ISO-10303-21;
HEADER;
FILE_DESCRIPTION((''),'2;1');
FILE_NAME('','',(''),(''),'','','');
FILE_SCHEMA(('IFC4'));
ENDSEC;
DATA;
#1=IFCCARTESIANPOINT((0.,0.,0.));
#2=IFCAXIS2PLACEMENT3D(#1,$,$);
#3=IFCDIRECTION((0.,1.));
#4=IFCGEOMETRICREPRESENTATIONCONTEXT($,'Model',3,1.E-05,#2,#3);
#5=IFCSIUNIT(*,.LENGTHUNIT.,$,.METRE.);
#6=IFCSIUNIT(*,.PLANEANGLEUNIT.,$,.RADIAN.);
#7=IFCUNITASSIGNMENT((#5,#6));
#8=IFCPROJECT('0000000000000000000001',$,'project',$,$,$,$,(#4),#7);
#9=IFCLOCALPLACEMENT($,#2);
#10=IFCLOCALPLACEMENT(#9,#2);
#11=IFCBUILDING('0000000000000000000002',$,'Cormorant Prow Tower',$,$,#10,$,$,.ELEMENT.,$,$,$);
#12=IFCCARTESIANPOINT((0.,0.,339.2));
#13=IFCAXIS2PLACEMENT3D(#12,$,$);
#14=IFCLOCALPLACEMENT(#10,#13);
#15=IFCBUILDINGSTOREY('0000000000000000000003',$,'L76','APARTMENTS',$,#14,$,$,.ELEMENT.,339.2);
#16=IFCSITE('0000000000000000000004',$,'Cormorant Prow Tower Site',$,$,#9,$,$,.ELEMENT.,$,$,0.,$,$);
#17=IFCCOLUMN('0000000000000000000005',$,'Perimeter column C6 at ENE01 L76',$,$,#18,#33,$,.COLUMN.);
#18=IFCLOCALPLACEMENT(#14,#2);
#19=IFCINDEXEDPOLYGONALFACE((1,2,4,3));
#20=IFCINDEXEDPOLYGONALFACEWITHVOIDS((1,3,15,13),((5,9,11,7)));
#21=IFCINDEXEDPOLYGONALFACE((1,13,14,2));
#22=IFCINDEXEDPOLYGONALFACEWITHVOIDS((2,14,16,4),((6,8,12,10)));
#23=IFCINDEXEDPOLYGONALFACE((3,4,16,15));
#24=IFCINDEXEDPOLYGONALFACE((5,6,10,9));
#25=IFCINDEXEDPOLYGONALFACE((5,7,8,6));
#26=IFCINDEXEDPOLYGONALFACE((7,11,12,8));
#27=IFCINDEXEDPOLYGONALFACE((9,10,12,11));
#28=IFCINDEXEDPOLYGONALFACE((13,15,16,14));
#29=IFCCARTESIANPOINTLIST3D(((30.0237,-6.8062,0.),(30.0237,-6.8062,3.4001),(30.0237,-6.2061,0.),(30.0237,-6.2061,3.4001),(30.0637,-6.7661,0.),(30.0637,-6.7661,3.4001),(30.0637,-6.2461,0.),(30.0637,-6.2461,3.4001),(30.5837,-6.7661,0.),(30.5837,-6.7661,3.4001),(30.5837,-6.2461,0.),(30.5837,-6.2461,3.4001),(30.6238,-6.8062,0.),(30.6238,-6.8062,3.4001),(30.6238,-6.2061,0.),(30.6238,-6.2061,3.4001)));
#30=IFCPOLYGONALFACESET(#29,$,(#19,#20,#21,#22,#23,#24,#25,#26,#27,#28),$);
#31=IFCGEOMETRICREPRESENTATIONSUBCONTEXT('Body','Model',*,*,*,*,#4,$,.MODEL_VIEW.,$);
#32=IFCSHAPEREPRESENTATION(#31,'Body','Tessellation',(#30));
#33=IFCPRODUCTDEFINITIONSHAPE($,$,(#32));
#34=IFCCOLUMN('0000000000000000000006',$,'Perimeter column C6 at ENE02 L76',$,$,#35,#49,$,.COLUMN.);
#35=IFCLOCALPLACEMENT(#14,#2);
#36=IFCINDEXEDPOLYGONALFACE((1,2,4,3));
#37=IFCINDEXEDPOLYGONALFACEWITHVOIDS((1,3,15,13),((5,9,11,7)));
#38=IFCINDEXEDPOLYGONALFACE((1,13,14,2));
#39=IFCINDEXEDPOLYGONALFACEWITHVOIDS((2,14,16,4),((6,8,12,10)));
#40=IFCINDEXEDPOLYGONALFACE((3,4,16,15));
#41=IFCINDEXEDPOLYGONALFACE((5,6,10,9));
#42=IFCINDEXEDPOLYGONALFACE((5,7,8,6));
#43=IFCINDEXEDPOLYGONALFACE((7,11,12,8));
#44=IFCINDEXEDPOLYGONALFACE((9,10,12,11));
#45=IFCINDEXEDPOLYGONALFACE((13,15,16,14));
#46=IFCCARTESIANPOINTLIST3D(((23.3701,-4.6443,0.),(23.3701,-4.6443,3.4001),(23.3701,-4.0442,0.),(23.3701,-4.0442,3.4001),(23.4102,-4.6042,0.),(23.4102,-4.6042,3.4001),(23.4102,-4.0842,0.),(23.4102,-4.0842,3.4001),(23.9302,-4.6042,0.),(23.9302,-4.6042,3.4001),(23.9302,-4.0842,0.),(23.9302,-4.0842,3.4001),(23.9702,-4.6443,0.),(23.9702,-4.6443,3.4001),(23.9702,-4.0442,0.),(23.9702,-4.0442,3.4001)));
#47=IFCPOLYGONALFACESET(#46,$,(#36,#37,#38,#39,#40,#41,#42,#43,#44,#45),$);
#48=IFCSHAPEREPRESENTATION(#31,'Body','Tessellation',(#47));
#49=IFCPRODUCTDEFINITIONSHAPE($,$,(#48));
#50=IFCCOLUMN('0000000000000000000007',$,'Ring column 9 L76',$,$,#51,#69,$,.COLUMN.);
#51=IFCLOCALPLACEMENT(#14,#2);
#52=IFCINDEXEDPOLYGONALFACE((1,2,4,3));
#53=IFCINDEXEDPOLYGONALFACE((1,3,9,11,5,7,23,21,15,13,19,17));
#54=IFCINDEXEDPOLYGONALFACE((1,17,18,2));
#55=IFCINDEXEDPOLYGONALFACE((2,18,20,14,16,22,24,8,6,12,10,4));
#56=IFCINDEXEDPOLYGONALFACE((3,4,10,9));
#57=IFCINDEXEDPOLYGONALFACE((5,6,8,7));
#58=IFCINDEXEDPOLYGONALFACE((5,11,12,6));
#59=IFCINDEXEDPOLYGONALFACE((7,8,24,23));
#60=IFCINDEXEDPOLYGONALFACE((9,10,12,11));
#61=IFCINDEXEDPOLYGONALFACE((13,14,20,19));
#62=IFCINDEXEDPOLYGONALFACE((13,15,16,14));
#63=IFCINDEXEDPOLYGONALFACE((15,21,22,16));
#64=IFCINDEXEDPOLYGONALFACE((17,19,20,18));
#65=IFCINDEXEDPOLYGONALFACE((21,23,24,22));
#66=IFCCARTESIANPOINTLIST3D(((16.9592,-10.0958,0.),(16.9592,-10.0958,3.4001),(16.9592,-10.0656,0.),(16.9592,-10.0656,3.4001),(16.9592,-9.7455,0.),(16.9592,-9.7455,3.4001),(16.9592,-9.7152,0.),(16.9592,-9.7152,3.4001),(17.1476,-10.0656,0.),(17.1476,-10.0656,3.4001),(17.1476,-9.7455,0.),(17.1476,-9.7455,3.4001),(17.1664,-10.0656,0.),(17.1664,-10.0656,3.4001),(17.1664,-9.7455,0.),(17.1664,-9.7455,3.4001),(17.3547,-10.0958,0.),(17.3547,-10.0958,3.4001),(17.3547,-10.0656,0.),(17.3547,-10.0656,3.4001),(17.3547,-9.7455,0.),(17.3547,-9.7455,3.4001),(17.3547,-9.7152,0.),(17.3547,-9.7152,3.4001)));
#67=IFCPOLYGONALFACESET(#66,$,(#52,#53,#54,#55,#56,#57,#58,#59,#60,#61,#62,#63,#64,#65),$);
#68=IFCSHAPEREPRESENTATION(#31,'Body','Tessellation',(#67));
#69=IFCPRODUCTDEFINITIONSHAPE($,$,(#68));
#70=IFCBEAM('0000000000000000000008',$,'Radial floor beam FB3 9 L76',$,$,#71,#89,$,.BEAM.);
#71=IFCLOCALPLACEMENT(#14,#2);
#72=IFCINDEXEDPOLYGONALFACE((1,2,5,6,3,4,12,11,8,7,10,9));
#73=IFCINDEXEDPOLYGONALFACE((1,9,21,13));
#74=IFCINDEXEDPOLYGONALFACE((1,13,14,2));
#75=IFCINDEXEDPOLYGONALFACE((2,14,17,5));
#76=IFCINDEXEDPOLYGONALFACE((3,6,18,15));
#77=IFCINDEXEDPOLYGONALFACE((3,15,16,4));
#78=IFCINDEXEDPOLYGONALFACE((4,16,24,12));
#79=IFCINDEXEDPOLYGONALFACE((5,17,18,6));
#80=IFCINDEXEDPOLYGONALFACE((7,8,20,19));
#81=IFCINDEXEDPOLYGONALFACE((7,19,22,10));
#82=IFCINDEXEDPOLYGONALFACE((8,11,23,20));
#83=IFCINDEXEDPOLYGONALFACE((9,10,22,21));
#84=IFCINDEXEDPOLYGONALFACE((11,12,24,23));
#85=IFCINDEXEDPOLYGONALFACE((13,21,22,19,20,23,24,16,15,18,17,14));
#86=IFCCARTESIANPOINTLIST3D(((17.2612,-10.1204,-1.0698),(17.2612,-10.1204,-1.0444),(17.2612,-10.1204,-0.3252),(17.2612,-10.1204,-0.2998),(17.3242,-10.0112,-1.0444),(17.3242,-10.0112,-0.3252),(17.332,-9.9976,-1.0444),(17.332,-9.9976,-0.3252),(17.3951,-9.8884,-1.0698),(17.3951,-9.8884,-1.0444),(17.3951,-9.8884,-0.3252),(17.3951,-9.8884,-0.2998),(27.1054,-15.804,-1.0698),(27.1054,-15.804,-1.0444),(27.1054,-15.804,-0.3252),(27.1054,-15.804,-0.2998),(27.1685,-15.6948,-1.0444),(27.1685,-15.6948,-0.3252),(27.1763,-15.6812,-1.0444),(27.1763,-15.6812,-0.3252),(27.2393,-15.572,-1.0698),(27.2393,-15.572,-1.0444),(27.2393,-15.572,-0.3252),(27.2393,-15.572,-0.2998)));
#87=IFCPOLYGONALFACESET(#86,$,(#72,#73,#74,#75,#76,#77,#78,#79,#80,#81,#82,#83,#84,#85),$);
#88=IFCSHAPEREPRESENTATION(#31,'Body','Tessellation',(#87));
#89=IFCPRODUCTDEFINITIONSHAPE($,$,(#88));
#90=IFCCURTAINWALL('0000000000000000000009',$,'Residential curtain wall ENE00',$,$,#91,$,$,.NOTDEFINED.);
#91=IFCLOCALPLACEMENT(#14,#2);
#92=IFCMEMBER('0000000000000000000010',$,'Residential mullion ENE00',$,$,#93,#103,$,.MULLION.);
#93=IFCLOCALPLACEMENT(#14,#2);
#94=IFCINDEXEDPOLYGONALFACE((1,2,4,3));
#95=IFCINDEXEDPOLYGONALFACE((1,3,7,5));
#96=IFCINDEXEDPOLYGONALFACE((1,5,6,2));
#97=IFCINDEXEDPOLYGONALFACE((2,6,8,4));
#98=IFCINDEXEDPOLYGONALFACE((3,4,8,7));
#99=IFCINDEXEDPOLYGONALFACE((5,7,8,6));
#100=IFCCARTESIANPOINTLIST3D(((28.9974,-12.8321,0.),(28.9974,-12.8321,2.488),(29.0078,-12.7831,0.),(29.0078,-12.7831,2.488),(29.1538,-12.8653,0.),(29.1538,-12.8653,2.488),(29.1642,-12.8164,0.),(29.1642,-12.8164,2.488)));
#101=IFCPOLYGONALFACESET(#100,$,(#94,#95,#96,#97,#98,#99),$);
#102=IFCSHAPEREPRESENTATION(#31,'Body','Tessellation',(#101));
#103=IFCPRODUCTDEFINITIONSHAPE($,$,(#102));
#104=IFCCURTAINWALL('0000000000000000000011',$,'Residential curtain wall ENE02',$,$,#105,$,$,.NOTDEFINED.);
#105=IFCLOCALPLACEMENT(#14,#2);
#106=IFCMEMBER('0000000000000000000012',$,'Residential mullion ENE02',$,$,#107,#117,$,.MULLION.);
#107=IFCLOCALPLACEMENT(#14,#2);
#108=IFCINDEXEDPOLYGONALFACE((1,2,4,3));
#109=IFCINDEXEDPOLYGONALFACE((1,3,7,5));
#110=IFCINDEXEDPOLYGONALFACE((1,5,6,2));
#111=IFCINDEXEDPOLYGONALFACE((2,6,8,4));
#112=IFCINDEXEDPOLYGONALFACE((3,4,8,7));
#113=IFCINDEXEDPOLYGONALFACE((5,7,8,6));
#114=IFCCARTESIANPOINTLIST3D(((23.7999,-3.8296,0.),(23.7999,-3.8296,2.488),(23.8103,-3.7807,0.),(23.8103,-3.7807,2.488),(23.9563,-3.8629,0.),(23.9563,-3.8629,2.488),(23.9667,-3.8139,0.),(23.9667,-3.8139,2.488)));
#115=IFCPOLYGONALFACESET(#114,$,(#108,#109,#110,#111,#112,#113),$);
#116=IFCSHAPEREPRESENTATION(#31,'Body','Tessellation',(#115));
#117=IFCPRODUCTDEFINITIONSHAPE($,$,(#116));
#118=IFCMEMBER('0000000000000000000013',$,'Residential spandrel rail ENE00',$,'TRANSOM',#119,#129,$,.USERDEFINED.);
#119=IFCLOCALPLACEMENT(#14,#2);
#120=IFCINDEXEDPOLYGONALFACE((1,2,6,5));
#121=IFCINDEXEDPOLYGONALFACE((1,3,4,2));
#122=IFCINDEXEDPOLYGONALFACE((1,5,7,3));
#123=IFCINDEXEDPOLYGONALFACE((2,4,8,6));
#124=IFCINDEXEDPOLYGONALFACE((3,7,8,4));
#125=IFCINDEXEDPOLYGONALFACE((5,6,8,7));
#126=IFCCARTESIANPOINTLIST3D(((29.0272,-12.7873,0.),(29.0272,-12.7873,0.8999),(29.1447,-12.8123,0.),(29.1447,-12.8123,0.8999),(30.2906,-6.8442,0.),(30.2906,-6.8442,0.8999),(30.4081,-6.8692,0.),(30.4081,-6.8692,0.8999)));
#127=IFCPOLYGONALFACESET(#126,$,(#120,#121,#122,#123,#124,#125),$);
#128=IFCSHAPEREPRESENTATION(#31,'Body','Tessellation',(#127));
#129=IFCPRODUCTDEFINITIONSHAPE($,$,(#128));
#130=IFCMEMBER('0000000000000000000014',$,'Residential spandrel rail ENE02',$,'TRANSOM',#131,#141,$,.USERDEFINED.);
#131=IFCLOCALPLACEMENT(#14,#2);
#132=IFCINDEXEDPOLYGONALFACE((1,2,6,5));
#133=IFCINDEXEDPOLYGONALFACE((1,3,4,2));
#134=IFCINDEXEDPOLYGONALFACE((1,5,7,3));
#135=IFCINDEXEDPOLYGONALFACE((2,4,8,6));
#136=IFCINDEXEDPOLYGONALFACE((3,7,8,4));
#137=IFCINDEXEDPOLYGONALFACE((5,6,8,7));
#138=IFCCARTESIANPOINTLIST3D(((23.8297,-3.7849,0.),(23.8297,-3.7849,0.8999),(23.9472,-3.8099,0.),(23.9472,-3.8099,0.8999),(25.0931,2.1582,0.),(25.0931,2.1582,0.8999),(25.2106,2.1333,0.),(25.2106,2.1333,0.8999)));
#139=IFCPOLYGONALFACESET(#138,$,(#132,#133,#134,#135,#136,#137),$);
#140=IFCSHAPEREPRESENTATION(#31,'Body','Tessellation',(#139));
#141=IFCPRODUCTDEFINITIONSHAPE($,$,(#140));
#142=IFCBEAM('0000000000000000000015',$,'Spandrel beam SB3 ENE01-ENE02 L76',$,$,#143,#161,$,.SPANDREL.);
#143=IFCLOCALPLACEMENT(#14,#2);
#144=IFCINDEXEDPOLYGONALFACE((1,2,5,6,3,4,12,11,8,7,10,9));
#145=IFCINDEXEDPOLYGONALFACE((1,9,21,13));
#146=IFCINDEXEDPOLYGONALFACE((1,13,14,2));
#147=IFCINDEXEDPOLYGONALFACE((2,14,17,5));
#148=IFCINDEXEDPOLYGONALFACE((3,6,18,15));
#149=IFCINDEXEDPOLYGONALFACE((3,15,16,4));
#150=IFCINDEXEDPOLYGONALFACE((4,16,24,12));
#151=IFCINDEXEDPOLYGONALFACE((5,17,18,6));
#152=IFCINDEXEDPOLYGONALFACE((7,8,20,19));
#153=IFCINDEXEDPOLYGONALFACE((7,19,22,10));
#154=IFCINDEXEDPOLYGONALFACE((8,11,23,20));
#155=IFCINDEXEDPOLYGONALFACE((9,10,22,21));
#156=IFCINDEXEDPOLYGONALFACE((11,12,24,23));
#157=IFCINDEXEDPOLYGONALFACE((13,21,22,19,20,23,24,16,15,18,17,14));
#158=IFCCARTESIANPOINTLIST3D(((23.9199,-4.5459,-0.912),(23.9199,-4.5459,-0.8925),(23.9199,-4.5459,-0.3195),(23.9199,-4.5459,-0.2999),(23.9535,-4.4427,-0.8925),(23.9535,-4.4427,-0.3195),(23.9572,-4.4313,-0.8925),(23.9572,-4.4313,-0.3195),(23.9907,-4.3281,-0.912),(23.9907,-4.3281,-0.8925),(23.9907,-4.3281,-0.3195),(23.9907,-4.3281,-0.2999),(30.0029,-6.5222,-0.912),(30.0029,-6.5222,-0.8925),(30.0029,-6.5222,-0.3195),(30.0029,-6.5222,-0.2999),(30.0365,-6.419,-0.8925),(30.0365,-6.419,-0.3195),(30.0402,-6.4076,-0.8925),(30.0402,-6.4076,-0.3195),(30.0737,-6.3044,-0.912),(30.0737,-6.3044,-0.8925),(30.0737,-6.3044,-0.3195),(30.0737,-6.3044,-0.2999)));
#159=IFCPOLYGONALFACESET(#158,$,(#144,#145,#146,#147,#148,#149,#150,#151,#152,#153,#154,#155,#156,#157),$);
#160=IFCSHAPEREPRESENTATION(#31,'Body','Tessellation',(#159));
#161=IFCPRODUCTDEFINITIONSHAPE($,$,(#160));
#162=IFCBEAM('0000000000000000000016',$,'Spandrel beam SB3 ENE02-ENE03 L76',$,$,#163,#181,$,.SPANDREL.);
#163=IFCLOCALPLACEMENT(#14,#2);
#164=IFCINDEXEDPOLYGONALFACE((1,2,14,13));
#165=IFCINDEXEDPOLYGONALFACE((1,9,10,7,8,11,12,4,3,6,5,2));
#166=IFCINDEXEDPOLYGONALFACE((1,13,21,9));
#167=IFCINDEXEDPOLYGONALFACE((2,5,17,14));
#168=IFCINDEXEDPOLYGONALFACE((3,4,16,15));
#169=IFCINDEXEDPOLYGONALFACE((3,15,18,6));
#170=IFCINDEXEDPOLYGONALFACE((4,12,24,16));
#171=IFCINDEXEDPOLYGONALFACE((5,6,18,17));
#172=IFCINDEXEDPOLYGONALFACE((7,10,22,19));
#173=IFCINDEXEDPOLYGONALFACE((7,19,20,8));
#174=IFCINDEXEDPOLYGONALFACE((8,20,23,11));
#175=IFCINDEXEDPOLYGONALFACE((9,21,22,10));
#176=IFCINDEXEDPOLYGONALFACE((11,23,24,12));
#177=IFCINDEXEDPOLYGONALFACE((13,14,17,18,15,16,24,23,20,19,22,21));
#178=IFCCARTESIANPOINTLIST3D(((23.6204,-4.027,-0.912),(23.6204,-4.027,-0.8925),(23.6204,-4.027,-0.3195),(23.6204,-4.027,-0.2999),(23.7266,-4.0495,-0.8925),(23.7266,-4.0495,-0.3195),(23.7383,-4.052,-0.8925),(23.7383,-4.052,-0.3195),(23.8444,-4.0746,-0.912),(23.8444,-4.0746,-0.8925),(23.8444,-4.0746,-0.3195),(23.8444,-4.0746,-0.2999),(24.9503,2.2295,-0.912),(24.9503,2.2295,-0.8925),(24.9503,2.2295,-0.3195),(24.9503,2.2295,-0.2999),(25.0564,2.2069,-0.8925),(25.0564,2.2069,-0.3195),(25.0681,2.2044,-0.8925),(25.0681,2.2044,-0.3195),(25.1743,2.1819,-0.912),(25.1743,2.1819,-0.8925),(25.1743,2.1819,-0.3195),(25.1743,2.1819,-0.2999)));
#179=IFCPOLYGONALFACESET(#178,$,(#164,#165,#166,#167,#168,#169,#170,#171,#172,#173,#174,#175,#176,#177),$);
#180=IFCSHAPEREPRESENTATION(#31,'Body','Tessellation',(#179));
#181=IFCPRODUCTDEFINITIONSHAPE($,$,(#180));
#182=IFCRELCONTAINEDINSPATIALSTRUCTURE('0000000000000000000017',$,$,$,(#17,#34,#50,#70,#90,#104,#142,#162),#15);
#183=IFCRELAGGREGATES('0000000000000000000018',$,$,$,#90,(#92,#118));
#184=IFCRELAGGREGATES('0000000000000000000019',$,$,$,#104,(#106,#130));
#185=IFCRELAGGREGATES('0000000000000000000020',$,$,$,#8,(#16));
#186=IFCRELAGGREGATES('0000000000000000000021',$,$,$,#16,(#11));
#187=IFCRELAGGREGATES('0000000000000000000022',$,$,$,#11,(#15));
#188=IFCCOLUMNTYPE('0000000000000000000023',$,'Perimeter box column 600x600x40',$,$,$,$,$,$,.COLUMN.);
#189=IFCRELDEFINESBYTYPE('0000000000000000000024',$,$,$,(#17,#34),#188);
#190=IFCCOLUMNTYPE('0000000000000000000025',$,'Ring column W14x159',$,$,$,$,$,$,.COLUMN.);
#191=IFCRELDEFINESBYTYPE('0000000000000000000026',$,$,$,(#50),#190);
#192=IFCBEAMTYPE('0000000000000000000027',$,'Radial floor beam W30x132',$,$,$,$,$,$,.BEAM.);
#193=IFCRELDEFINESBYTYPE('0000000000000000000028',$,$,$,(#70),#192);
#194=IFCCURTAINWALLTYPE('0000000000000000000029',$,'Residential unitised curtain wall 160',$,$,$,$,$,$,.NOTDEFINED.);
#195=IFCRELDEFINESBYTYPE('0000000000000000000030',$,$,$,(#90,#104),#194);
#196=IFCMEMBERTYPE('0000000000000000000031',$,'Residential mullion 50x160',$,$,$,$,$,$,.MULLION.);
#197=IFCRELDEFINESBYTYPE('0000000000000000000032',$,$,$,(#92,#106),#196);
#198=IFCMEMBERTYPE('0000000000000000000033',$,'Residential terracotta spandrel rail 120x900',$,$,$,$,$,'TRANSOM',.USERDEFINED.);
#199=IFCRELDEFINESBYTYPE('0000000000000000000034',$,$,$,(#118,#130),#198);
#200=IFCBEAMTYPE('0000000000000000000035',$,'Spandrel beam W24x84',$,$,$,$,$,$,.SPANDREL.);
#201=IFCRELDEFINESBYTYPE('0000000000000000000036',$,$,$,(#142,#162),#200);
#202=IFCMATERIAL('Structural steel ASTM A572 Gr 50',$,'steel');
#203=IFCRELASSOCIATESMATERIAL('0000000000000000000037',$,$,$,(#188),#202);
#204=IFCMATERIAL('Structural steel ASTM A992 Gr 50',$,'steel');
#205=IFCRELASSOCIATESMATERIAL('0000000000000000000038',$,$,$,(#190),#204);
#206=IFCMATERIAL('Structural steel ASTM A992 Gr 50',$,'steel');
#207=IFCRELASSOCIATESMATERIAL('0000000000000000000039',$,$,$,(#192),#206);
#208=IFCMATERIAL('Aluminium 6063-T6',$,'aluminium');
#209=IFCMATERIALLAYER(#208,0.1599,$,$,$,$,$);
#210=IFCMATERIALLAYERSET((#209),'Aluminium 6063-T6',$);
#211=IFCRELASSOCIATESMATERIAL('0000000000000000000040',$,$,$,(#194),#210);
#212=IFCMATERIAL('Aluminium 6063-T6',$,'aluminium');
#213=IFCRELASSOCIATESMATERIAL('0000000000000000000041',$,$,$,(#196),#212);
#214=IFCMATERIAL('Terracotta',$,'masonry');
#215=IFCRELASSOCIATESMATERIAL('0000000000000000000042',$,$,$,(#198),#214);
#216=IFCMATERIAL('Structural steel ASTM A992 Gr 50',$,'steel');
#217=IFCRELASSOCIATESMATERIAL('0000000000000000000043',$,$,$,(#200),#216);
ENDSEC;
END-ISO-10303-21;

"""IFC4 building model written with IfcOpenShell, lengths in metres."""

from ifc_helpers import new_model, si_unit, direction, frame, origin, origin_2d, place, context, subcontext, project, spatial, rectangle, hollow_rectangle, i_section, extrude, material, layer, layer_set, material_profile, profile_set, type_object, element, aggregate, save


model = new_model("IFC4")

# Units and contexts
model_context = context("Model", 3, precision=1e-05, world=origin(), true_north=direction((0.0, 1.0)))
body_context = subcontext(model_context, "Body", "Model", "MODEL_VIEW")
ifc_project = project(units=[si_unit("LENGTHUNIT", "METRE"), si_unit("PLANEANGLEUNIT", "RADIAN")], contexts=[model_context])

# Site, building, storey
site_placement = place(None, origin())
site = spatial("IfcSite", under=ifc_project, at=site_placement, Name="Cormorant Prow Tower Site", CompositionType="ELEMENT", RefElevation=0.0)
building_placement = place(site_placement, origin())
building = spatial("IfcBuilding", under=site, at=building_placement, Name="Cormorant Prow Tower", CompositionType="ELEMENT")
storey_placement = place(building_placement, frame((0.0, 0.0, 339.2)))
storey = spatial("IfcBuildingStorey", under=building, at=storey_placement, Name="L76", Description="APARTMENTS", CompositionType="ELEMENT", Elevation=339.2)

# Columns
ifc_material_1 = material(Name="Structural steel ASTM A572 Gr 50", Category="steel")
ifc_material_profile_1 = material_profile(ifc_material_1, hollow_rectangle(XDim=0.6001, YDim=0.6001, WallThickness=0.04, at=origin_2d()), Name="Box 600x600x40")
ifc_profile_set_1 = profile_set([ifc_material_profile_1], Name="Structural steel ASTM A572 Gr 50")
column_type_1 = type_object("IfcColumnType", Name="Perimeter box column 600x600x40", PredefinedType="COLUMN", material=ifc_profile_set_1)
for number, where, z_axis, x_axis, name in (
    (1, (30.3237, -6.5061, 0.0), (0.0, 0.0, 1.0), (1.0, 0.0, 0.0), "Perimeter column C6 at ENE01 L76"),
    (2, (23.6702, -4.3442, 0.0), (0.0, 0.0, 1.0), (1.0, 0.0, 0.0), "Perimeter column C6 at ENE02 L76"),
):
    element("IfcColumn", number, at=place(storey_placement, frame(where, z_axis=z_axis, x_axis=x_axis)), inside=storey, type_object=column_type_1, Name=name, PredefinedType="COLUMN", context=body_context, shape_type="SweptSolid", body=[
        extrude(hollow_rectangle(XDim=0.6001, YDim=0.6001, WallThickness=0.04, at=origin_2d()), origin(), (0.0, 0.0, 1.0), 3.4001),
    ])
ifc_material_2 = material(Name="Structural steel ASTM A992 Gr 50", Category="steel")
ifc_material_profile_2 = material_profile(ifc_material_2, i_section(OverallWidth=0.3955, OverallDepth=0.3806, WebThickness=0.0188, FlangeThickness=0.0303, at=origin_2d()), Name="W14x159")
ifc_profile_set_2 = profile_set([ifc_material_profile_2], Name="Structural steel ASTM A992 Gr 50")
column_type_2 = type_object("IfcColumnType", Name="Ring column W14x159", PredefinedType="COLUMN", material=ifc_profile_set_2)
column_placement = place(storey_placement, frame((17.157, -9.9055, 0.0), z_axis=(0.0, 0.0, 1.0), x_axis=(1.0, 0.0, 0.0)))
element("IfcColumn", 3, at=column_placement, inside=storey, type_object=column_type_2, Name="Ring column 9 L76", PredefinedType="COLUMN", context=body_context, shape_type="SweptSolid", body=[
    extrude(i_section(OverallWidth=0.3955, OverallDepth=0.3806, WebThickness=0.0188, FlangeThickness=0.0303, at=origin_2d()), origin(), (0.0, 0.0, 1.0), 3.4001),
])

# Beam
ifc_material_3 = material(Name="Structural steel ASTM A992 Gr 50", Category="steel")
ifc_material_profile_3 = material_profile(ifc_material_3, i_section(OverallWidth=0.2678, OverallDepth=0.77, WebThickness=0.0156, FlangeThickness=0.0254, at=origin_2d()), Name="W30x132")
ifc_profile_set_3 = profile_set([ifc_material_profile_3], Name="Structural steel ASTM A992 Gr 50")
beam_type_1 = type_object("IfcBeamType", Name="Radial floor beam W30x132", PredefinedType="BEAM", material=ifc_profile_set_3)
beam_1_placement = place(storey_placement, frame((17.3281, -10.0044, -0.6848), z_axis=(0.866025, -0.500001, 0.0), x_axis=(0.500001, 0.866025, 0.0)))
element("IfcBeam", 4, at=beam_1_placement, inside=storey, type_object=beam_type_1, Name="Radial floor beam FB3 9 L76", PredefinedType="BEAM", context=body_context, shape_type="SweptSolid", body=[
    extrude(i_section(OverallWidth=0.2678, OverallDepth=0.77, WebThickness=0.0156, FlangeThickness=0.0254, at=origin_2d()), origin(), (0.0, 0.0, 1.0), 11.3672),
])

# Curtain walls, members
ifc_material_4 = material(Name="Aluminium 6063-T6", Category="aluminium")
ifc_layer_1 = layer(ifc_material_4, 0.1599)
ifc_layer_set_1 = layer_set([ifc_layer_1], Name="Aluminium 6063-T6")
curtain_wall_type = type_object("IfcCurtainWallType", Name="Residential unitised curtain wall 160", PredefinedType="NOTDEFINED", material=ifc_layer_set_1)
curtain_wall_1_placement = place(storey_placement, origin())
curtain_wall_1 = element("IfcCurtainWall", 5, at=curtain_wall_1_placement, inside=storey, type_object=curtain_wall_type, Name="Residential curtain wall ENE00", PredefinedType="NOTDEFINED")
ifc_material_5 = material(Name="Aluminium 6063-T6", Category="aluminium")
ifc_material_profile_4 = material_profile(ifc_material_5, rectangle(XDim=0.1599, YDim=0.05, at=origin_2d()), Name="Residential mullion 50x160")
ifc_profile_set_4 = profile_set([ifc_material_profile_4], Name="Aluminium 6063-T6")
member_type_1 = type_object("IfcMemberType", Name="Residential mullion 50x160", PredefinedType="MULLION", material=ifc_profile_set_4)
member_1_placement = place(storey_placement, frame((29.0808, -12.8242, 0.0), z_axis=(0.0, 0.0, 1.0), x_axis=(-0.978148, 0.207912, 0.0)))
member_1 = element("IfcMember", 6, at=member_1_placement, type_object=member_type_1, Name="Residential mullion ENE00", PredefinedType="MULLION", context=body_context, shape_type="SweptSolid", body=[
    extrude(rectangle(XDim=0.1599, YDim=0.05, at=origin_2d()), origin(), (0.0, 0.0, 1.0), 2.488),
])
curtain_wall_2_placement = place(storey_placement, origin())
curtain_wall_2 = element("IfcCurtainWall", 7, at=curtain_wall_2_placement, inside=storey, type_object=curtain_wall_type, Name="Residential curtain wall ENE02", PredefinedType="NOTDEFINED")
member_2_placement = place(storey_placement, frame((23.8833, -3.8218, 0.0), z_axis=(0.0, 0.0, 1.0), x_axis=(-0.978148, 0.207912, 0.0)))
member_2 = element("IfcMember", 8, at=member_2_placement, type_object=member_type_1, Name="Residential mullion ENE02", PredefinedType="MULLION", context=body_context, shape_type="SweptSolid", body=[
    extrude(rectangle(XDim=0.1599, YDim=0.05, at=origin_2d()), origin(), (0.0, 0.0, 1.0), 2.488),
])

# Members
ifc_material_6 = material(Name="Terracotta", Category="masonry")
ifc_material_profile_5 = material_profile(ifc_material_6, rectangle(XDim=0.1201, YDim=0.8999, at=origin_2d()), Name="Residential terracotta spandrel rail 120x900")
ifc_profile_set_5 = profile_set([ifc_material_profile_5], Name="Terracotta")
member_type_2 = type_object("IfcMemberType", Name="Residential terracotta spandrel rail 120x900", ElementType="TRANSOM", PredefinedType="USERDEFINED", material=ifc_profile_set_5)
member_3_placement = place(storey_placement, frame((29.0859, -12.7998, 0.45), z_axis=(0.20794, 0.978142, 0.0), x_axis=(-0.978142, 0.20794, 0.0)))
member_3 = element("IfcMember", 9, at=member_3_placement, type_object=member_type_2, Name="Residential spandrel rail ENE00", ObjectType="TRANSOM", PredefinedType="USERDEFINED", context=body_context, shape_type="SweptSolid", body=[
    extrude(rectangle(XDim=0.1201, YDim=0.8999, at=origin_2d()), origin(), (0.0, 0.0, 1.0), 6.0759),
])
member_4_placement = place(storey_placement, frame((23.8884, -3.7974, 0.45), z_axis=(0.20794, 0.978142, 0.0), x_axis=(-0.978142, 0.20794, 0.0)))
member_4 = element("IfcMember", 10, at=member_4_placement, type_object=member_type_2, Name="Residential spandrel rail ENE02", ObjectType="TRANSOM", PredefinedType="USERDEFINED", context=body_context, shape_type="SweptSolid", body=[
    extrude(rectangle(XDim=0.1201, YDim=0.8999, at=origin_2d()), origin(), (0.0, 0.0, 1.0), 6.0759),
])

# Beams
ifc_material_7 = material(Name="Structural steel ASTM A992 Gr 50", Category="steel")
ifc_material_profile_6 = material_profile(ifc_material_7, i_section(OverallWidth=0.229, OverallDepth=0.6121, WebThickness=0.012, FlangeThickness=0.0195, at=origin_2d()), Name="W24x84")
ifc_profile_set_6 = profile_set([ifc_material_profile_6], Name="Structural steel ASTM A992 Gr 50")
beam_type_2 = type_object("IfcBeamType", Name="Spandrel beam W24x84", PredefinedType="SPANDREL", material=ifc_profile_set_6)
beam_2_placement = place(storey_placement, frame((30.0383, -6.4133, -0.606), z_axis=(-0.951064, 0.308993, 0.0), x_axis=(-0.308993, -0.951064, 0.0)))
element("IfcBeam", 11, at=beam_2_placement, inside=storey, type_object=beam_type_2, Name="Spandrel beam SB3 ENE01-ENE02 L76", PredefinedType="SPANDREL", context=body_context, shape_type="SweptSolid", body=[
    extrude(i_section(OverallWidth=0.229, OverallDepth=0.6121, WebThickness=0.012, FlangeThickness=0.0195, at=origin_2d()), origin(), (0.0, 0.0, 1.0), 6.396),
])
beam_3_placement = place(storey_placement, frame((23.7324, -4.0508, -0.606), z_axis=(0.207913, 0.978147, 0.0), x_axis=(-0.978147, 0.207913, 0.0)))
element("IfcBeam", 12, at=beam_3_placement, inside=storey, type_object=beam_type_2, Name="Spandrel beam SB3 ENE02-ENE03 L76", PredefinedType="SPANDREL", context=body_context, shape_type="SweptSolid", body=[
    extrude(i_section(OverallWidth=0.229, OverallDepth=0.6121, WebThickness=0.012, FlangeThickness=0.0195, at=origin_2d()), origin(), (0.0, 0.0, 1.0), 6.3962),
])

aggregate(curtain_wall_1, [member_1, member_3])
aggregate(curtain_wall_2, [member_2, member_4])

save(model, "model.ifc")
